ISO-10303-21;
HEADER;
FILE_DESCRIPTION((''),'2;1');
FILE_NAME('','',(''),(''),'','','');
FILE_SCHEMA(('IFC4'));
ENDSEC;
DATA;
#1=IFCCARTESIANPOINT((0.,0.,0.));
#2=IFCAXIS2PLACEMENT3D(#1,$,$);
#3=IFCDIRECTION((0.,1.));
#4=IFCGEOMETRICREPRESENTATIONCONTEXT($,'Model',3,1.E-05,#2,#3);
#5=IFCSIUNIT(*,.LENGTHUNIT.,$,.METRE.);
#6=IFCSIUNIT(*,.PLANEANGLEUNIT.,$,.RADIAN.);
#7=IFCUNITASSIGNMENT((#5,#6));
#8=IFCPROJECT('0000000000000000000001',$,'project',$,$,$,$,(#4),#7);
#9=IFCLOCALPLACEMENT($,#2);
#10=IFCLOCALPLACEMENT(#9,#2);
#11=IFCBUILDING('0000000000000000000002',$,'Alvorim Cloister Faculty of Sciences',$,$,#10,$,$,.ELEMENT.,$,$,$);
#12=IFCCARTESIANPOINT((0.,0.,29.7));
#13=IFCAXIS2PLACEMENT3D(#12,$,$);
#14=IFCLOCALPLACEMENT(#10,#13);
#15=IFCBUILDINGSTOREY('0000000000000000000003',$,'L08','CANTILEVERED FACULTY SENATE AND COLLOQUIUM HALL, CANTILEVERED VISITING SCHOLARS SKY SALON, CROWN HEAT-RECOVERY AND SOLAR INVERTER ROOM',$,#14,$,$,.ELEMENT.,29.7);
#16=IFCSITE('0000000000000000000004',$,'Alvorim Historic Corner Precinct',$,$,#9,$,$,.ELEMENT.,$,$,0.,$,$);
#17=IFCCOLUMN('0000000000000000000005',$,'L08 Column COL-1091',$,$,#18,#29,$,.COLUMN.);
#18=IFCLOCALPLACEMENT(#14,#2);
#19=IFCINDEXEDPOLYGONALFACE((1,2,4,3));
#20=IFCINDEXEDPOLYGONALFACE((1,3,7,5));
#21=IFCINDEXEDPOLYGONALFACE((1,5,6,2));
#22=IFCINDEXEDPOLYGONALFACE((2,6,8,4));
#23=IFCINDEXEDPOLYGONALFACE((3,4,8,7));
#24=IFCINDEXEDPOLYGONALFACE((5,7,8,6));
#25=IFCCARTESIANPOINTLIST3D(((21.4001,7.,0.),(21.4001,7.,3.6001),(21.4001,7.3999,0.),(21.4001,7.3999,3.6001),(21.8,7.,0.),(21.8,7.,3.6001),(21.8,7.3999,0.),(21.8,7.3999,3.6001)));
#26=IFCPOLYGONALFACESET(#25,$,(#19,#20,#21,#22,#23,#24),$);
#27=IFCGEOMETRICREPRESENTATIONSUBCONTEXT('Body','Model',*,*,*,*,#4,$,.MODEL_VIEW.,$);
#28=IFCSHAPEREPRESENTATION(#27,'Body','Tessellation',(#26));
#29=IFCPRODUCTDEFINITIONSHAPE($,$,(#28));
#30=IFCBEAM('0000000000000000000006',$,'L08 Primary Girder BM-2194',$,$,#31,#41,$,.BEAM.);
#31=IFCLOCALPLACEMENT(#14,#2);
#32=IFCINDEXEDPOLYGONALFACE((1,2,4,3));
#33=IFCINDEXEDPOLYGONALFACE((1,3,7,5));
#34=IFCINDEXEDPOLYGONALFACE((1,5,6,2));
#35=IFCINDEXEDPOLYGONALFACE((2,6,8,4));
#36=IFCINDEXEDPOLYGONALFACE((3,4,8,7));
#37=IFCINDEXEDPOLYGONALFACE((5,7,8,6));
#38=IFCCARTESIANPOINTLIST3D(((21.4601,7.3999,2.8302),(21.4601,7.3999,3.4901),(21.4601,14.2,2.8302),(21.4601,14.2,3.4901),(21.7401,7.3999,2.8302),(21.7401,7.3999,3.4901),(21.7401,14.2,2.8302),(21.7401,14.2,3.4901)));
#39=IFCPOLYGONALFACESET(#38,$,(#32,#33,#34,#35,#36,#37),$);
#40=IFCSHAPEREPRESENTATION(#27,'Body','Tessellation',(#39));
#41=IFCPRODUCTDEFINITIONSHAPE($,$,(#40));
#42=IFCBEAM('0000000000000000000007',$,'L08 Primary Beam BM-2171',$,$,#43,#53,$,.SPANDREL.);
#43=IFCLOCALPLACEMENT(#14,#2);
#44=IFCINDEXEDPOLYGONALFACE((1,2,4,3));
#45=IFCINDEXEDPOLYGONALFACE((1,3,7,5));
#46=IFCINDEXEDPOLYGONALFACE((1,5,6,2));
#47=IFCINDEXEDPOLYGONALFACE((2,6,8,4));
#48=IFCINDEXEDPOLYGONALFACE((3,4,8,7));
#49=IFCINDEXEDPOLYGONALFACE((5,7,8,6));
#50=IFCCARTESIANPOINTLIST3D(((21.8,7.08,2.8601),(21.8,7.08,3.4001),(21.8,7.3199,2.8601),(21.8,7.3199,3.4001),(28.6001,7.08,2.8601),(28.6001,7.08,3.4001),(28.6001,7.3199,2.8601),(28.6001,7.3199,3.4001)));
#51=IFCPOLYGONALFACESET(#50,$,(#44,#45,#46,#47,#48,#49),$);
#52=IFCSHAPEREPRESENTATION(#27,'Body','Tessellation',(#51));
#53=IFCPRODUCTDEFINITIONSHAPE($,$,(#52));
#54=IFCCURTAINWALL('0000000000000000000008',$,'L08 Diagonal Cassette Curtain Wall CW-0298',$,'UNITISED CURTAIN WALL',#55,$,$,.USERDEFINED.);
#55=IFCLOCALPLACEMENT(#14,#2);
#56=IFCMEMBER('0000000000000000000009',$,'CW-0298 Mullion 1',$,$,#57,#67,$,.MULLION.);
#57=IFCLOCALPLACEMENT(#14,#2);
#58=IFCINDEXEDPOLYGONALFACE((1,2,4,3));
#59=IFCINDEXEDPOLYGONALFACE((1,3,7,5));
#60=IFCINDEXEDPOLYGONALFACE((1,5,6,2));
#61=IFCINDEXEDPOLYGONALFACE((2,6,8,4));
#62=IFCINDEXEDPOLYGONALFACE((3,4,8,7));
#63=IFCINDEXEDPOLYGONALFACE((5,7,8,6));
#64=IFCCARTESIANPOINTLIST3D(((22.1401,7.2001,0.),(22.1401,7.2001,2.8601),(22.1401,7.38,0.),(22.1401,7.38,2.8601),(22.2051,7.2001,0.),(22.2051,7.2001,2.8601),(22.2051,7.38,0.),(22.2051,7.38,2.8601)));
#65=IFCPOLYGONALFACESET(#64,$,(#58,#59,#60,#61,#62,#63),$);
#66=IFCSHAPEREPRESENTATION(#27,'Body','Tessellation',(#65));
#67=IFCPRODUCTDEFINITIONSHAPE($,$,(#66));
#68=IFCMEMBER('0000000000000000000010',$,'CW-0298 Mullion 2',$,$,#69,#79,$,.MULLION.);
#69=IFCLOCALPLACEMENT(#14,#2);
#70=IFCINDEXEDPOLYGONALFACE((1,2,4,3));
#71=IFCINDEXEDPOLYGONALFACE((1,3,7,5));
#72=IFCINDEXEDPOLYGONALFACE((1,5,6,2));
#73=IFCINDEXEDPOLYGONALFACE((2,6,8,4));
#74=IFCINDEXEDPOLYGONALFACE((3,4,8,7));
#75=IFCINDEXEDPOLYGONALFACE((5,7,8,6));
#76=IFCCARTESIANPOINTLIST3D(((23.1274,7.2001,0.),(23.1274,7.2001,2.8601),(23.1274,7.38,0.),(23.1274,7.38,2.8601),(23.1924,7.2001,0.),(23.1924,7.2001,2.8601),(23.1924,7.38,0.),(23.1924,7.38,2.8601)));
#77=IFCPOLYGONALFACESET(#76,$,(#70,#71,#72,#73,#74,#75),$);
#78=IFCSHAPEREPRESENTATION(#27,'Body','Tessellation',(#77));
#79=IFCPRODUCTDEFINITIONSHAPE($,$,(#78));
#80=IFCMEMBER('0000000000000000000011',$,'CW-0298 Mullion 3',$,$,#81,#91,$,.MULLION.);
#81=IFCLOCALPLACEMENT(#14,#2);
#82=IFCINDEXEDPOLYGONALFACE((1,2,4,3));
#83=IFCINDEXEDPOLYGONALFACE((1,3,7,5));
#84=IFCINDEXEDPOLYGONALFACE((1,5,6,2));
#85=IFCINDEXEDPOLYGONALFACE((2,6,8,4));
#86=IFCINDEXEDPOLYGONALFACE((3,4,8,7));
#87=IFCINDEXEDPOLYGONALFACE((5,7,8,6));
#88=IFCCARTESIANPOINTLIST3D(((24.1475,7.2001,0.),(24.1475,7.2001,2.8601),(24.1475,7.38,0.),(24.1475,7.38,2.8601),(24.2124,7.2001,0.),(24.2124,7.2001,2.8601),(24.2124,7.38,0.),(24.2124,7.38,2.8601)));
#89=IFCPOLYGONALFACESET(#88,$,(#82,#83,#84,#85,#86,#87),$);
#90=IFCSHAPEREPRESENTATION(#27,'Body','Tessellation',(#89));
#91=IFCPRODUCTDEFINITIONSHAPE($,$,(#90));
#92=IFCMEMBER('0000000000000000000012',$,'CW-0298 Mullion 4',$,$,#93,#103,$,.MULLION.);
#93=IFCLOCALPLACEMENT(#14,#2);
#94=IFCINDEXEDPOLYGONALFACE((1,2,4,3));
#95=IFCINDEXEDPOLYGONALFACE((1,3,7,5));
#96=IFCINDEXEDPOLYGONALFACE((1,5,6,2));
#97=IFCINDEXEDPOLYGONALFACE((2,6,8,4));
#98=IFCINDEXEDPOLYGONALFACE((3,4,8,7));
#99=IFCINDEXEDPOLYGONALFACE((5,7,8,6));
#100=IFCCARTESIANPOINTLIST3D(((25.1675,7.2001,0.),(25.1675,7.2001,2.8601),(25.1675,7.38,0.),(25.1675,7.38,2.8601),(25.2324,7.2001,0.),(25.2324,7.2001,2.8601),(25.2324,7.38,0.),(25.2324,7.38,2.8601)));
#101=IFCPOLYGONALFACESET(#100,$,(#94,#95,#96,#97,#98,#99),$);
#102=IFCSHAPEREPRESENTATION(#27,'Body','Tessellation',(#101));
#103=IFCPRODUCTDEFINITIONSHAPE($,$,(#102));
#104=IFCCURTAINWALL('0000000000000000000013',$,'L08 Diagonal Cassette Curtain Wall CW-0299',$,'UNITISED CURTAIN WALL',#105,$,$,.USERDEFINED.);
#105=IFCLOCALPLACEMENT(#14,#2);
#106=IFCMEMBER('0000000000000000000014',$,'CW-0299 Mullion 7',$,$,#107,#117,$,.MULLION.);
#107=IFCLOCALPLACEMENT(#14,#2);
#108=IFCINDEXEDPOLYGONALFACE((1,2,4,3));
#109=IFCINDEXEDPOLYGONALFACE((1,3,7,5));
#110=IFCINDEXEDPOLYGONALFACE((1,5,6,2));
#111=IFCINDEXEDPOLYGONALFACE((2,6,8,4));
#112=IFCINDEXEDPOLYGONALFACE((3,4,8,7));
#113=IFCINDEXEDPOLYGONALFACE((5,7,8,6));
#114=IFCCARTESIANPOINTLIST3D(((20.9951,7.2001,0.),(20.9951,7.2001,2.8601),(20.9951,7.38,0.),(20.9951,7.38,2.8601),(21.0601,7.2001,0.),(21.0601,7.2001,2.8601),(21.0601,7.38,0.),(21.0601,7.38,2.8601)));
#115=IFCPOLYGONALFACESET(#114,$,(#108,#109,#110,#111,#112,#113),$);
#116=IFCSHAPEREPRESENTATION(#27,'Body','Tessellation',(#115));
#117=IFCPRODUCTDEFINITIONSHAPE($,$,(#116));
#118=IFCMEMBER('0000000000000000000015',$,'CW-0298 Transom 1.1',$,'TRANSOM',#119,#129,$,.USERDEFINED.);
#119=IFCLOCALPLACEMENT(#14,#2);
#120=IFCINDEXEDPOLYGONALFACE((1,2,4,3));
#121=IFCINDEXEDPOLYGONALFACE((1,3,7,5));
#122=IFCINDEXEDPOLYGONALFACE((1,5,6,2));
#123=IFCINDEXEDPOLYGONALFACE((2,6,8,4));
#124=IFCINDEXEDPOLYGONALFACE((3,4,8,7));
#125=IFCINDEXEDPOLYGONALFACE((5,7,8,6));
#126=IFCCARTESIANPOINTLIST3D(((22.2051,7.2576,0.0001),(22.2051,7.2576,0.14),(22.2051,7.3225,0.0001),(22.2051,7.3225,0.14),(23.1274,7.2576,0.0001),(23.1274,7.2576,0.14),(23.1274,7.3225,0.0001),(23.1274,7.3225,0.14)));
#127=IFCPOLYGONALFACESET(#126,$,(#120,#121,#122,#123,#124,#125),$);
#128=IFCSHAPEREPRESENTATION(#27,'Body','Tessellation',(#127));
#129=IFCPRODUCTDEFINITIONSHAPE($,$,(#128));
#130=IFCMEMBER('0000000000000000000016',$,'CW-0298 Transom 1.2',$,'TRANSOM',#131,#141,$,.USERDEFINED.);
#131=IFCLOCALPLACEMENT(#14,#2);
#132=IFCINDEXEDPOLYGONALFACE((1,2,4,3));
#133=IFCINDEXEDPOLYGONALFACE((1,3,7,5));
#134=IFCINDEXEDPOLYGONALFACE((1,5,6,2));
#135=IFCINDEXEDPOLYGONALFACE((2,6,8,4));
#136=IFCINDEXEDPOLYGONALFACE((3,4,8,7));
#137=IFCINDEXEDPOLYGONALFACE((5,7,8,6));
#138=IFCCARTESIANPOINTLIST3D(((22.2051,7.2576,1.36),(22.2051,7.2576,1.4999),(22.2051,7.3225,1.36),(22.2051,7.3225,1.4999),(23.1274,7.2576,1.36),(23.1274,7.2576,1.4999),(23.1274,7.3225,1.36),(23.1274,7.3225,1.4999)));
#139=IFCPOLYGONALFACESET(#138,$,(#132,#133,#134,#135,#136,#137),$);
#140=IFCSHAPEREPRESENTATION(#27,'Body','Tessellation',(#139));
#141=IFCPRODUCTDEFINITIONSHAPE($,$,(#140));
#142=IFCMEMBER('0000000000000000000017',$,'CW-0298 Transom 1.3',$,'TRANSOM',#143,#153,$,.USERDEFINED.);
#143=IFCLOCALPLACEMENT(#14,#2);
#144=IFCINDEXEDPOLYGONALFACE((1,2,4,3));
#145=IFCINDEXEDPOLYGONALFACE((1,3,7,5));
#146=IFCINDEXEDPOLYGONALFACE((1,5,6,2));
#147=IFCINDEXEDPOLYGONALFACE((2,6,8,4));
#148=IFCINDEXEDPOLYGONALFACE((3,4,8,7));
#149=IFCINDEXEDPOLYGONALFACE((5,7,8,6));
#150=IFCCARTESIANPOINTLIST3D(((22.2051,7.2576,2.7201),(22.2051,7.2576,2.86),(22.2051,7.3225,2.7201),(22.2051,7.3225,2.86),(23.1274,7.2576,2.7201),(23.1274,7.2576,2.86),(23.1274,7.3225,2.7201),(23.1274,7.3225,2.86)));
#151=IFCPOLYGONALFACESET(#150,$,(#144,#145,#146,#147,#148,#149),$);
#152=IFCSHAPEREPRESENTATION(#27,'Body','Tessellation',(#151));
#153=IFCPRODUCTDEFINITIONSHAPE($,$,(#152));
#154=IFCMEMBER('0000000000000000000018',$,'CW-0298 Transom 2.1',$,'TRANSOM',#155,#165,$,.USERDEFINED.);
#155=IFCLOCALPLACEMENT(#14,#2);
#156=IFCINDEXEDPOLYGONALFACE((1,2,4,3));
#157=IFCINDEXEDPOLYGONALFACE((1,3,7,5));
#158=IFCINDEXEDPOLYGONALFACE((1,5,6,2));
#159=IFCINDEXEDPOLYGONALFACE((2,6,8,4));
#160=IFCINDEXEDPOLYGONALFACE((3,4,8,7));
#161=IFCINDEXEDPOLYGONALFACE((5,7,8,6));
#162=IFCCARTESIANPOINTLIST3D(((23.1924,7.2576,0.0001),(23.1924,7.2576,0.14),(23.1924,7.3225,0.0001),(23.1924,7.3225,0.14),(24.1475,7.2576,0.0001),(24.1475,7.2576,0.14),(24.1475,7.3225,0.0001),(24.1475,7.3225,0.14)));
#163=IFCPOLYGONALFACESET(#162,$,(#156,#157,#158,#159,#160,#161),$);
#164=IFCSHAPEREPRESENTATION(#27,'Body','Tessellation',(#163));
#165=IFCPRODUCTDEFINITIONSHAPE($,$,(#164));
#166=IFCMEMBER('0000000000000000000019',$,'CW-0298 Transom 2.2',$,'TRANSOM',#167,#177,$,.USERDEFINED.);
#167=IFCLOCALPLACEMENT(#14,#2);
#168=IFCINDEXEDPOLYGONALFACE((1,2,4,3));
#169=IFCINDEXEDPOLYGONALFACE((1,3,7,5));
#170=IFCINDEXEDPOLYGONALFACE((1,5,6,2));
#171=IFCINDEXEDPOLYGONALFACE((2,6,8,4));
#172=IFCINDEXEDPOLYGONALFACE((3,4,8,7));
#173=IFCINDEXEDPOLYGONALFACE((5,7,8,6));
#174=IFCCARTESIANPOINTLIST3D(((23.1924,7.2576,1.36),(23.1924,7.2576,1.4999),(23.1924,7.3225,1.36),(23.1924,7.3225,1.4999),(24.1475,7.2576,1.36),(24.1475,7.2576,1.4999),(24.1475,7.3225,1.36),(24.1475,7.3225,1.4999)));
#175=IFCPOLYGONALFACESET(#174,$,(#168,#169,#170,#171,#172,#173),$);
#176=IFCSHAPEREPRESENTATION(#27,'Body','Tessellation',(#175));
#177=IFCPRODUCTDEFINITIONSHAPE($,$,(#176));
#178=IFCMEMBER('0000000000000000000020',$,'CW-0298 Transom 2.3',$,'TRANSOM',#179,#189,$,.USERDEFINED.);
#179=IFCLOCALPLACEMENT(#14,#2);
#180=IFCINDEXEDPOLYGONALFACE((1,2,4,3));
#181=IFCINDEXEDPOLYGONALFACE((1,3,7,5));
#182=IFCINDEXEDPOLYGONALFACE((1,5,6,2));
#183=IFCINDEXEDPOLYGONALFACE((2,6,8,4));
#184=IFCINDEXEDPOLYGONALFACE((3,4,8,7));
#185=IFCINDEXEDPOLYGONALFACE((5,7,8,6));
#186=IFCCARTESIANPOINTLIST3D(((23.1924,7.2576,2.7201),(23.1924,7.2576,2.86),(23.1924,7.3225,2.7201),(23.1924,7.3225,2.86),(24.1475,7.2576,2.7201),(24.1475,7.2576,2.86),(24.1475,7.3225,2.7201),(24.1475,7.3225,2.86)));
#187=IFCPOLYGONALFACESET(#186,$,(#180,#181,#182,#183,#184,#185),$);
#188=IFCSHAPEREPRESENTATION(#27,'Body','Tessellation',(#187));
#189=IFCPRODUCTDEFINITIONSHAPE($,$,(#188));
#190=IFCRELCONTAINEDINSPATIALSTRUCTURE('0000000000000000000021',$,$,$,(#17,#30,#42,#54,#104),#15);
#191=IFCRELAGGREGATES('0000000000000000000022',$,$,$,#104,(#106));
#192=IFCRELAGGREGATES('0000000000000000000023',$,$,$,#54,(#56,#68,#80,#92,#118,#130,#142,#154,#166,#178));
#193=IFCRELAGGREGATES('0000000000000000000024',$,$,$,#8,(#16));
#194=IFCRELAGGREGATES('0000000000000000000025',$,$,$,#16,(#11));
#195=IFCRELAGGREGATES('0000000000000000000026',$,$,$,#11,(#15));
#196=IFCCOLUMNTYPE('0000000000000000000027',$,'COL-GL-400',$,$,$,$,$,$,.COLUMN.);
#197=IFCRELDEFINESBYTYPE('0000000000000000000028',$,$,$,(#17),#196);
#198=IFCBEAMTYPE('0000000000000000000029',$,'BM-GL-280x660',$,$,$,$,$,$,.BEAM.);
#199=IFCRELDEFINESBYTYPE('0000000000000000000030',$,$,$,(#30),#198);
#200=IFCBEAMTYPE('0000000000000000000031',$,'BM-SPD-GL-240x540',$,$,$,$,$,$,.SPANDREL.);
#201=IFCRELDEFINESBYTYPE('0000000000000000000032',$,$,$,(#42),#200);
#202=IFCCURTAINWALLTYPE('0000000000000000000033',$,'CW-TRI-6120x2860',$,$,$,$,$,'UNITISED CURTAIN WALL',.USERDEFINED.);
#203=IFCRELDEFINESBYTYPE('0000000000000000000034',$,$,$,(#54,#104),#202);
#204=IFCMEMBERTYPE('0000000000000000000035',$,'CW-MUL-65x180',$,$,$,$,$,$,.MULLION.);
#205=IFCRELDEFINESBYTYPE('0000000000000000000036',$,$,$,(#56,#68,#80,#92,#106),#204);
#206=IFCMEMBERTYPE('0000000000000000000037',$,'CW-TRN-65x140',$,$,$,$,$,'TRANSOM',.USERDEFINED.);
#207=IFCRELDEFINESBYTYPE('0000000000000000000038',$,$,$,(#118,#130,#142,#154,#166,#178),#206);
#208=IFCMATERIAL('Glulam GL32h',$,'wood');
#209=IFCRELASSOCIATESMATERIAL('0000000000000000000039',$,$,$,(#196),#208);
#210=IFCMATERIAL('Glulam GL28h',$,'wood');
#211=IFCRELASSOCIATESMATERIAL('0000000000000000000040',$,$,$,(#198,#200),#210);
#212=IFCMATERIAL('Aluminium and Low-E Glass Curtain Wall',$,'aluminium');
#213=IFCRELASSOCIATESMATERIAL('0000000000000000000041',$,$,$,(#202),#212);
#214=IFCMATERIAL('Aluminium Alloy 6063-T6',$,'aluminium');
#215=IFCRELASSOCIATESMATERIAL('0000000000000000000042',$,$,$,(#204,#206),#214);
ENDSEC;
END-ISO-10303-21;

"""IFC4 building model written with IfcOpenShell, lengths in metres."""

from ifc_helpers import new_model, si_unit, direction, frame, origin, origin_2d, place, context, subcontext, project, spatial, rectangle, extrude, material, material_profile, profile_set, type_object, element, aggregate, save


model = new_model("IFC4")

# Units and contexts
model_context = context("Model", 3, precision=1e-05, world=origin(), true_north=direction((0.0, 1.0)))
body_context = subcontext(model_context, "Body", "Model", "MODEL_VIEW")
ifc_project = project(units=[si_unit("LENGTHUNIT", "METRE"), si_unit("PLANEANGLEUNIT", "RADIAN")], contexts=[model_context])

# Site, building, storey
site_placement = place(None, origin())
site = spatial("IfcSite", under=ifc_project, at=site_placement, Name="Alvorim Historic Corner Precinct", CompositionType="ELEMENT", RefElevation=0.0)
building_placement = place(site_placement, origin())
building = spatial("IfcBuilding", under=site, at=building_placement, Name="Alvorim Cloister Faculty of Sciences", CompositionType="ELEMENT")
storey_placement = place(building_placement, frame((0.0, 0.0, 29.7)))
storey = spatial("IfcBuildingStorey", under=building, at=storey_placement, Name="L08", Description="CANTILEVERED FACULTY SENATE AND COLLOQUIUM HALL, CANTILEVERED VISITING SCHOLARS SKY SALON, CROWN HEAT-RECOVERY AND SOLAR INVERTER ROOM", CompositionType="ELEMENT", Elevation=29.7)

# Column
ifc_material_1 = material(Name="Glulam GL32h", Category="wood")
ifc_material_profile_1 = material_profile(ifc_material_1, rectangle(XDim=0.3999, YDim=0.3999, at=origin_2d()), Name="GL32-COL-400x400")
ifc_profile_set_1 = profile_set([ifc_material_profile_1], Name="Glulam GL32h")
column_type = type_object("IfcColumnType", Name="COL-GL-400", PredefinedType="COLUMN", material=ifc_profile_set_1)
column_placement = place(storey_placement, frame((21.6001, 7.2, 0.0), z_axis=(0.0, 0.0, 1.0), x_axis=(1.0, 0.0, 0.0)))
element("IfcColumn", 1, at=column_placement, inside=storey, type_object=column_type, Name="L08 Column COL-1091", PredefinedType="COLUMN", context=body_context, shape_type="SweptSolid", body=[
    extrude(rectangle(XDim=0.3999, YDim=0.3999, at=origin_2d()), origin(), (0.0, 0.0, 1.0), 3.6001),
])

# Beams
ifc_material_2 = material(Name="Glulam GL28h", Category="wood")
ifc_material_profile_2 = material_profile(ifc_material_2, rectangle(XDim=0.28, YDim=0.6599, at=origin_2d()), Name="GL28-BM-280x660")
ifc_profile_set_2 = profile_set([ifc_material_profile_2], Name="Glulam GL28h")
beam_type_1 = type_object("IfcBeamType", Name="BM-GL-280x660", PredefinedType="BEAM", material=ifc_profile_set_2)
beam_1_placement = place(storey_placement, frame((21.6001, 7.3999, 3.1602), z_axis=(0.0, 1.0, 0.0), x_axis=(-1.0, 0.0, 0.0)))
element("IfcBeam", 2, at=beam_1_placement, inside=storey, type_object=beam_type_1, Name="L08 Primary Girder BM-2194", PredefinedType="BEAM", context=body_context, shape_type="SweptSolid", body=[
    extrude(rectangle(XDim=0.28, YDim=0.6599, at=origin_2d()), origin(), (0.0, 0.0, 1.0), 6.8),
])
ifc_material_profile_3 = material_profile(ifc_material_2, rectangle(XDim=0.24, YDim=0.54, at=origin_2d()), Name="GL28-SPD-240x540")
ifc_profile_set_3 = profile_set([ifc_material_profile_3], Name="Glulam GL28h")
beam_type_2 = type_object("IfcBeamType", Name="BM-SPD-GL-240x540", PredefinedType="SPANDREL", material=ifc_profile_set_3)
beam_2_placement = place(storey_placement, frame((21.8, 7.2, 3.1301), z_axis=(1.0, 0.0, 0.0), x_axis=(0.0, 1.0, 0.0)))
element("IfcBeam", 3, at=beam_2_placement, inside=storey, type_object=beam_type_2, Name="L08 Primary Beam BM-2171", PredefinedType="SPANDREL", context=body_context, shape_type="SweptSolid", body=[
    extrude(rectangle(XDim=0.24, YDim=0.54, at=origin_2d()), origin(), (0.0, 0.0, 1.0), 6.8),
])

# Curtain wall, members
ifc_material_3 = material(Name="Aluminium and Low-E Glass Curtain Wall", Category="aluminium")
curtain_wall_type = type_object("IfcCurtainWallType", Name="CW-TRI-6120x2860", ElementType="UNITISED CURTAIN WALL", PredefinedType="USERDEFINED", material=ifc_material_3)
curtain_wall_1_placement = place(storey_placement, origin())
curtain_wall_1 = element("IfcCurtainWall", 4, at=curtain_wall_1_placement, inside=storey, type_object=curtain_wall_type, Name="L08 Diagonal Cassette Curtain Wall CW-0298", ObjectType="UNITISED CURTAIN WALL", PredefinedType="USERDEFINED")
ifc_material_4 = material(Name="Aluminium Alloy 6063-T6", Category="aluminium")
ifc_material_profile_4 = material_profile(ifc_material_4, rectangle(XDim=0.0649, YDim=0.1799, at=origin_2d()), Name="ALU-MUL-65x180")
ifc_profile_set_4 = profile_set([ifc_material_profile_4], Name="Aluminium Alloy 6063-T6")
member_type_1 = type_object("IfcMemberType", Name="CW-MUL-65x180", PredefinedType="MULLION", material=ifc_profile_set_4)
member_1_placement = place(storey_placement, frame((22.1726, 7.29, 0.0), z_axis=(0.0, 0.0, 1.0), x_axis=(1.0, 0.0, 0.0)))
member_1 = element("IfcMember", 5, at=member_1_placement, type_object=member_type_1, Name="CW-0298 Mullion 1", PredefinedType="MULLION", context=body_context, shape_type="SweptSolid", body=[
    extrude(rectangle(XDim=0.0649, YDim=0.1799, at=origin_2d()), origin(), (0.0, 0.0, 1.0), 2.8601),
])
member_2_placement = place(storey_placement, frame((23.1599, 7.29, 0.0), z_axis=(0.0, 0.0, 1.0), x_axis=(1.0, 0.0, 0.0)))
member_2 = element("IfcMember", 6, at=member_2_placement, type_object=member_type_1, Name="CW-0298 Mullion 2", PredefinedType="MULLION", context=body_context, shape_type="SweptSolid", body=[
    extrude(rectangle(XDim=0.0649, YDim=0.1799, at=origin_2d()), origin(), (0.0, 0.0, 1.0), 2.8601),
])
member_3_placement = place(storey_placement, frame((24.1799, 7.29, 0.0), z_axis=(0.0, 0.0, 1.0), x_axis=(1.0, 0.0, 0.0)))
member_3 = element("IfcMember", 7, at=member_3_placement, type_object=member_type_1, Name="CW-0298 Mullion 3", PredefinedType="MULLION", context=body_context, shape_type="SweptSolid", body=[
    extrude(rectangle(XDim=0.0649, YDim=0.1799, at=origin_2d()), origin(), (0.0, 0.0, 1.0), 2.8601),
])
member_4_placement = place(storey_placement, frame((25.2, 7.29, 0.0), z_axis=(0.0, 0.0, 1.0), x_axis=(1.0, 0.0, 0.0)))
member_4 = element("IfcMember", 8, at=member_4_placement, type_object=member_type_1, Name="CW-0298 Mullion 4", PredefinedType="MULLION", context=body_context, shape_type="SweptSolid", body=[
    extrude(rectangle(XDim=0.0649, YDim=0.1799, at=origin_2d()), origin(), (0.0, 0.0, 1.0), 2.8601),
])

# Curtain wall, member
curtain_wall_2_placement = place(storey_placement, origin())
curtain_wall_2 = element("IfcCurtainWall", 9, at=curtain_wall_2_placement, inside=storey, type_object=curtain_wall_type, Name="L08 Diagonal Cassette Curtain Wall CW-0299", ObjectType="UNITISED CURTAIN WALL", PredefinedType="USERDEFINED")
member_5_placement = place(storey_placement, frame((21.0276, 7.29, 0.0), z_axis=(0.0, 0.0, 1.0), x_axis=(1.0, 0.0, 0.0)))
member_5 = element("IfcMember", 10, at=member_5_placement, type_object=member_type_1, Name="CW-0299 Mullion 7", PredefinedType="MULLION", context=body_context, shape_type="SweptSolid", body=[
    extrude(rectangle(XDim=0.0649, YDim=0.1799, at=origin_2d()), origin(), (0.0, 0.0, 1.0), 2.8601),
])
aggregate(curtain_wall_2, [member_5])

# Members
ifc_material_profile_5 = material_profile(ifc_material_4, rectangle(XDim=0.0649, YDim=0.1399, at=origin_2d()), Name="ALU-TRN-65x140")
ifc_profile_set_5 = profile_set([ifc_material_profile_5], Name="Aluminium Alloy 6063-T6")
member_type_2 = type_object("IfcMemberType", Name="CW-TRN-65x140", ElementType="TRANSOM", PredefinedType="USERDEFINED", material=ifc_profile_set_5)
member_6_placement = place(storey_placement, frame((22.2051, 7.29, 0.0701), z_axis=(1.0, 0.0, 0.0), x_axis=(0.0, 1.0, 0.0)))
member_6 = element("IfcMember", 11, at=member_6_placement, type_object=member_type_2, Name="CW-0298 Transom 1.1", ObjectType="TRANSOM", PredefinedType="USERDEFINED", context=body_context, shape_type="SweptSolid", body=[
    extrude(rectangle(XDim=0.0649, YDim=0.1399, at=origin_2d()), origin(), (0.0, 0.0, 1.0), 0.9224),
])
member_7_placement = place(storey_placement, frame((22.2051, 7.29, 1.4299), z_axis=(1.0, 0.0, 0.0), x_axis=(0.0, 1.0, 0.0)))
member_7 = element("IfcMember", 12, at=member_7_placement, type_object=member_type_2, Name="CW-0298 Transom 1.2", ObjectType="TRANSOM", PredefinedType="USERDEFINED", context=body_context, shape_type="SweptSolid", body=[
    extrude(rectangle(XDim=0.0649, YDim=0.1399, at=origin_2d()), origin(), (0.0, 0.0, 1.0), 0.9224),
])
member_8_placement = place(storey_placement, frame((22.2051, 7.29, 2.79), z_axis=(1.0, 0.0, 0.0), x_axis=(0.0, 1.0, 0.0)))
member_8 = element("IfcMember", 13, at=member_8_placement, type_object=member_type_2, Name="CW-0298 Transom 1.3", ObjectType="TRANSOM", PredefinedType="USERDEFINED", context=body_context, shape_type="SweptSolid", body=[
    extrude(rectangle(XDim=0.0649, YDim=0.1399, at=origin_2d()), origin(), (0.0, 0.0, 1.0), 0.9224),
])
member_9_placement = place(storey_placement, frame((23.1924, 7.29, 0.0701), z_axis=(1.0, 0.0, 0.0), x_axis=(0.0, 1.0, 0.0)))
member_9 = element("IfcMember", 14, at=member_9_placement, type_object=member_type_2, Name="CW-0298 Transom 2.1", ObjectType="TRANSOM", PredefinedType="USERDEFINED", context=body_context, shape_type="SweptSolid", body=[
    extrude(rectangle(XDim=0.0649, YDim=0.1399, at=origin_2d()), origin(), (0.0, 0.0, 1.0), 0.9551),
])
member_10_placement = place(storey_placement, frame((23.1924, 7.29, 1.4299), z_axis=(1.0, 0.0, 0.0), x_axis=(0.0, 1.0, 0.0)))
member_10 = element("IfcMember", 15, at=member_10_placement, type_object=member_type_2, Name="CW-0298 Transom 2.2", ObjectType="TRANSOM", PredefinedType="USERDEFINED", context=body_context, shape_type="SweptSolid", body=[
    extrude(rectangle(XDim=0.0649, YDim=0.1399, at=origin_2d()), origin(), (0.0, 0.0, 1.0), 0.9551),
])
member_11_placement = place(storey_placement, frame((23.1924, 7.29, 2.79), z_axis=(1.0, 0.0, 0.0), x_axis=(0.0, 1.0, 0.0)))
member_11 = element("IfcMember", 16, at=member_11_placement, type_object=member_type_2, Name="CW-0298 Transom 2.3", ObjectType="TRANSOM", PredefinedType="USERDEFINED", context=body_context, shape_type="SweptSolid", body=[
    extrude(rectangle(XDim=0.0649, YDim=0.1399, at=origin_2d()), origin(), (0.0, 0.0, 1.0), 0.9551),
])

aggregate(curtain_wall_1, [member_1, member_2, member_3, member_4, member_6, member_7, member_8, member_9, member_10, member_11])

save(model, "model.ifc")
